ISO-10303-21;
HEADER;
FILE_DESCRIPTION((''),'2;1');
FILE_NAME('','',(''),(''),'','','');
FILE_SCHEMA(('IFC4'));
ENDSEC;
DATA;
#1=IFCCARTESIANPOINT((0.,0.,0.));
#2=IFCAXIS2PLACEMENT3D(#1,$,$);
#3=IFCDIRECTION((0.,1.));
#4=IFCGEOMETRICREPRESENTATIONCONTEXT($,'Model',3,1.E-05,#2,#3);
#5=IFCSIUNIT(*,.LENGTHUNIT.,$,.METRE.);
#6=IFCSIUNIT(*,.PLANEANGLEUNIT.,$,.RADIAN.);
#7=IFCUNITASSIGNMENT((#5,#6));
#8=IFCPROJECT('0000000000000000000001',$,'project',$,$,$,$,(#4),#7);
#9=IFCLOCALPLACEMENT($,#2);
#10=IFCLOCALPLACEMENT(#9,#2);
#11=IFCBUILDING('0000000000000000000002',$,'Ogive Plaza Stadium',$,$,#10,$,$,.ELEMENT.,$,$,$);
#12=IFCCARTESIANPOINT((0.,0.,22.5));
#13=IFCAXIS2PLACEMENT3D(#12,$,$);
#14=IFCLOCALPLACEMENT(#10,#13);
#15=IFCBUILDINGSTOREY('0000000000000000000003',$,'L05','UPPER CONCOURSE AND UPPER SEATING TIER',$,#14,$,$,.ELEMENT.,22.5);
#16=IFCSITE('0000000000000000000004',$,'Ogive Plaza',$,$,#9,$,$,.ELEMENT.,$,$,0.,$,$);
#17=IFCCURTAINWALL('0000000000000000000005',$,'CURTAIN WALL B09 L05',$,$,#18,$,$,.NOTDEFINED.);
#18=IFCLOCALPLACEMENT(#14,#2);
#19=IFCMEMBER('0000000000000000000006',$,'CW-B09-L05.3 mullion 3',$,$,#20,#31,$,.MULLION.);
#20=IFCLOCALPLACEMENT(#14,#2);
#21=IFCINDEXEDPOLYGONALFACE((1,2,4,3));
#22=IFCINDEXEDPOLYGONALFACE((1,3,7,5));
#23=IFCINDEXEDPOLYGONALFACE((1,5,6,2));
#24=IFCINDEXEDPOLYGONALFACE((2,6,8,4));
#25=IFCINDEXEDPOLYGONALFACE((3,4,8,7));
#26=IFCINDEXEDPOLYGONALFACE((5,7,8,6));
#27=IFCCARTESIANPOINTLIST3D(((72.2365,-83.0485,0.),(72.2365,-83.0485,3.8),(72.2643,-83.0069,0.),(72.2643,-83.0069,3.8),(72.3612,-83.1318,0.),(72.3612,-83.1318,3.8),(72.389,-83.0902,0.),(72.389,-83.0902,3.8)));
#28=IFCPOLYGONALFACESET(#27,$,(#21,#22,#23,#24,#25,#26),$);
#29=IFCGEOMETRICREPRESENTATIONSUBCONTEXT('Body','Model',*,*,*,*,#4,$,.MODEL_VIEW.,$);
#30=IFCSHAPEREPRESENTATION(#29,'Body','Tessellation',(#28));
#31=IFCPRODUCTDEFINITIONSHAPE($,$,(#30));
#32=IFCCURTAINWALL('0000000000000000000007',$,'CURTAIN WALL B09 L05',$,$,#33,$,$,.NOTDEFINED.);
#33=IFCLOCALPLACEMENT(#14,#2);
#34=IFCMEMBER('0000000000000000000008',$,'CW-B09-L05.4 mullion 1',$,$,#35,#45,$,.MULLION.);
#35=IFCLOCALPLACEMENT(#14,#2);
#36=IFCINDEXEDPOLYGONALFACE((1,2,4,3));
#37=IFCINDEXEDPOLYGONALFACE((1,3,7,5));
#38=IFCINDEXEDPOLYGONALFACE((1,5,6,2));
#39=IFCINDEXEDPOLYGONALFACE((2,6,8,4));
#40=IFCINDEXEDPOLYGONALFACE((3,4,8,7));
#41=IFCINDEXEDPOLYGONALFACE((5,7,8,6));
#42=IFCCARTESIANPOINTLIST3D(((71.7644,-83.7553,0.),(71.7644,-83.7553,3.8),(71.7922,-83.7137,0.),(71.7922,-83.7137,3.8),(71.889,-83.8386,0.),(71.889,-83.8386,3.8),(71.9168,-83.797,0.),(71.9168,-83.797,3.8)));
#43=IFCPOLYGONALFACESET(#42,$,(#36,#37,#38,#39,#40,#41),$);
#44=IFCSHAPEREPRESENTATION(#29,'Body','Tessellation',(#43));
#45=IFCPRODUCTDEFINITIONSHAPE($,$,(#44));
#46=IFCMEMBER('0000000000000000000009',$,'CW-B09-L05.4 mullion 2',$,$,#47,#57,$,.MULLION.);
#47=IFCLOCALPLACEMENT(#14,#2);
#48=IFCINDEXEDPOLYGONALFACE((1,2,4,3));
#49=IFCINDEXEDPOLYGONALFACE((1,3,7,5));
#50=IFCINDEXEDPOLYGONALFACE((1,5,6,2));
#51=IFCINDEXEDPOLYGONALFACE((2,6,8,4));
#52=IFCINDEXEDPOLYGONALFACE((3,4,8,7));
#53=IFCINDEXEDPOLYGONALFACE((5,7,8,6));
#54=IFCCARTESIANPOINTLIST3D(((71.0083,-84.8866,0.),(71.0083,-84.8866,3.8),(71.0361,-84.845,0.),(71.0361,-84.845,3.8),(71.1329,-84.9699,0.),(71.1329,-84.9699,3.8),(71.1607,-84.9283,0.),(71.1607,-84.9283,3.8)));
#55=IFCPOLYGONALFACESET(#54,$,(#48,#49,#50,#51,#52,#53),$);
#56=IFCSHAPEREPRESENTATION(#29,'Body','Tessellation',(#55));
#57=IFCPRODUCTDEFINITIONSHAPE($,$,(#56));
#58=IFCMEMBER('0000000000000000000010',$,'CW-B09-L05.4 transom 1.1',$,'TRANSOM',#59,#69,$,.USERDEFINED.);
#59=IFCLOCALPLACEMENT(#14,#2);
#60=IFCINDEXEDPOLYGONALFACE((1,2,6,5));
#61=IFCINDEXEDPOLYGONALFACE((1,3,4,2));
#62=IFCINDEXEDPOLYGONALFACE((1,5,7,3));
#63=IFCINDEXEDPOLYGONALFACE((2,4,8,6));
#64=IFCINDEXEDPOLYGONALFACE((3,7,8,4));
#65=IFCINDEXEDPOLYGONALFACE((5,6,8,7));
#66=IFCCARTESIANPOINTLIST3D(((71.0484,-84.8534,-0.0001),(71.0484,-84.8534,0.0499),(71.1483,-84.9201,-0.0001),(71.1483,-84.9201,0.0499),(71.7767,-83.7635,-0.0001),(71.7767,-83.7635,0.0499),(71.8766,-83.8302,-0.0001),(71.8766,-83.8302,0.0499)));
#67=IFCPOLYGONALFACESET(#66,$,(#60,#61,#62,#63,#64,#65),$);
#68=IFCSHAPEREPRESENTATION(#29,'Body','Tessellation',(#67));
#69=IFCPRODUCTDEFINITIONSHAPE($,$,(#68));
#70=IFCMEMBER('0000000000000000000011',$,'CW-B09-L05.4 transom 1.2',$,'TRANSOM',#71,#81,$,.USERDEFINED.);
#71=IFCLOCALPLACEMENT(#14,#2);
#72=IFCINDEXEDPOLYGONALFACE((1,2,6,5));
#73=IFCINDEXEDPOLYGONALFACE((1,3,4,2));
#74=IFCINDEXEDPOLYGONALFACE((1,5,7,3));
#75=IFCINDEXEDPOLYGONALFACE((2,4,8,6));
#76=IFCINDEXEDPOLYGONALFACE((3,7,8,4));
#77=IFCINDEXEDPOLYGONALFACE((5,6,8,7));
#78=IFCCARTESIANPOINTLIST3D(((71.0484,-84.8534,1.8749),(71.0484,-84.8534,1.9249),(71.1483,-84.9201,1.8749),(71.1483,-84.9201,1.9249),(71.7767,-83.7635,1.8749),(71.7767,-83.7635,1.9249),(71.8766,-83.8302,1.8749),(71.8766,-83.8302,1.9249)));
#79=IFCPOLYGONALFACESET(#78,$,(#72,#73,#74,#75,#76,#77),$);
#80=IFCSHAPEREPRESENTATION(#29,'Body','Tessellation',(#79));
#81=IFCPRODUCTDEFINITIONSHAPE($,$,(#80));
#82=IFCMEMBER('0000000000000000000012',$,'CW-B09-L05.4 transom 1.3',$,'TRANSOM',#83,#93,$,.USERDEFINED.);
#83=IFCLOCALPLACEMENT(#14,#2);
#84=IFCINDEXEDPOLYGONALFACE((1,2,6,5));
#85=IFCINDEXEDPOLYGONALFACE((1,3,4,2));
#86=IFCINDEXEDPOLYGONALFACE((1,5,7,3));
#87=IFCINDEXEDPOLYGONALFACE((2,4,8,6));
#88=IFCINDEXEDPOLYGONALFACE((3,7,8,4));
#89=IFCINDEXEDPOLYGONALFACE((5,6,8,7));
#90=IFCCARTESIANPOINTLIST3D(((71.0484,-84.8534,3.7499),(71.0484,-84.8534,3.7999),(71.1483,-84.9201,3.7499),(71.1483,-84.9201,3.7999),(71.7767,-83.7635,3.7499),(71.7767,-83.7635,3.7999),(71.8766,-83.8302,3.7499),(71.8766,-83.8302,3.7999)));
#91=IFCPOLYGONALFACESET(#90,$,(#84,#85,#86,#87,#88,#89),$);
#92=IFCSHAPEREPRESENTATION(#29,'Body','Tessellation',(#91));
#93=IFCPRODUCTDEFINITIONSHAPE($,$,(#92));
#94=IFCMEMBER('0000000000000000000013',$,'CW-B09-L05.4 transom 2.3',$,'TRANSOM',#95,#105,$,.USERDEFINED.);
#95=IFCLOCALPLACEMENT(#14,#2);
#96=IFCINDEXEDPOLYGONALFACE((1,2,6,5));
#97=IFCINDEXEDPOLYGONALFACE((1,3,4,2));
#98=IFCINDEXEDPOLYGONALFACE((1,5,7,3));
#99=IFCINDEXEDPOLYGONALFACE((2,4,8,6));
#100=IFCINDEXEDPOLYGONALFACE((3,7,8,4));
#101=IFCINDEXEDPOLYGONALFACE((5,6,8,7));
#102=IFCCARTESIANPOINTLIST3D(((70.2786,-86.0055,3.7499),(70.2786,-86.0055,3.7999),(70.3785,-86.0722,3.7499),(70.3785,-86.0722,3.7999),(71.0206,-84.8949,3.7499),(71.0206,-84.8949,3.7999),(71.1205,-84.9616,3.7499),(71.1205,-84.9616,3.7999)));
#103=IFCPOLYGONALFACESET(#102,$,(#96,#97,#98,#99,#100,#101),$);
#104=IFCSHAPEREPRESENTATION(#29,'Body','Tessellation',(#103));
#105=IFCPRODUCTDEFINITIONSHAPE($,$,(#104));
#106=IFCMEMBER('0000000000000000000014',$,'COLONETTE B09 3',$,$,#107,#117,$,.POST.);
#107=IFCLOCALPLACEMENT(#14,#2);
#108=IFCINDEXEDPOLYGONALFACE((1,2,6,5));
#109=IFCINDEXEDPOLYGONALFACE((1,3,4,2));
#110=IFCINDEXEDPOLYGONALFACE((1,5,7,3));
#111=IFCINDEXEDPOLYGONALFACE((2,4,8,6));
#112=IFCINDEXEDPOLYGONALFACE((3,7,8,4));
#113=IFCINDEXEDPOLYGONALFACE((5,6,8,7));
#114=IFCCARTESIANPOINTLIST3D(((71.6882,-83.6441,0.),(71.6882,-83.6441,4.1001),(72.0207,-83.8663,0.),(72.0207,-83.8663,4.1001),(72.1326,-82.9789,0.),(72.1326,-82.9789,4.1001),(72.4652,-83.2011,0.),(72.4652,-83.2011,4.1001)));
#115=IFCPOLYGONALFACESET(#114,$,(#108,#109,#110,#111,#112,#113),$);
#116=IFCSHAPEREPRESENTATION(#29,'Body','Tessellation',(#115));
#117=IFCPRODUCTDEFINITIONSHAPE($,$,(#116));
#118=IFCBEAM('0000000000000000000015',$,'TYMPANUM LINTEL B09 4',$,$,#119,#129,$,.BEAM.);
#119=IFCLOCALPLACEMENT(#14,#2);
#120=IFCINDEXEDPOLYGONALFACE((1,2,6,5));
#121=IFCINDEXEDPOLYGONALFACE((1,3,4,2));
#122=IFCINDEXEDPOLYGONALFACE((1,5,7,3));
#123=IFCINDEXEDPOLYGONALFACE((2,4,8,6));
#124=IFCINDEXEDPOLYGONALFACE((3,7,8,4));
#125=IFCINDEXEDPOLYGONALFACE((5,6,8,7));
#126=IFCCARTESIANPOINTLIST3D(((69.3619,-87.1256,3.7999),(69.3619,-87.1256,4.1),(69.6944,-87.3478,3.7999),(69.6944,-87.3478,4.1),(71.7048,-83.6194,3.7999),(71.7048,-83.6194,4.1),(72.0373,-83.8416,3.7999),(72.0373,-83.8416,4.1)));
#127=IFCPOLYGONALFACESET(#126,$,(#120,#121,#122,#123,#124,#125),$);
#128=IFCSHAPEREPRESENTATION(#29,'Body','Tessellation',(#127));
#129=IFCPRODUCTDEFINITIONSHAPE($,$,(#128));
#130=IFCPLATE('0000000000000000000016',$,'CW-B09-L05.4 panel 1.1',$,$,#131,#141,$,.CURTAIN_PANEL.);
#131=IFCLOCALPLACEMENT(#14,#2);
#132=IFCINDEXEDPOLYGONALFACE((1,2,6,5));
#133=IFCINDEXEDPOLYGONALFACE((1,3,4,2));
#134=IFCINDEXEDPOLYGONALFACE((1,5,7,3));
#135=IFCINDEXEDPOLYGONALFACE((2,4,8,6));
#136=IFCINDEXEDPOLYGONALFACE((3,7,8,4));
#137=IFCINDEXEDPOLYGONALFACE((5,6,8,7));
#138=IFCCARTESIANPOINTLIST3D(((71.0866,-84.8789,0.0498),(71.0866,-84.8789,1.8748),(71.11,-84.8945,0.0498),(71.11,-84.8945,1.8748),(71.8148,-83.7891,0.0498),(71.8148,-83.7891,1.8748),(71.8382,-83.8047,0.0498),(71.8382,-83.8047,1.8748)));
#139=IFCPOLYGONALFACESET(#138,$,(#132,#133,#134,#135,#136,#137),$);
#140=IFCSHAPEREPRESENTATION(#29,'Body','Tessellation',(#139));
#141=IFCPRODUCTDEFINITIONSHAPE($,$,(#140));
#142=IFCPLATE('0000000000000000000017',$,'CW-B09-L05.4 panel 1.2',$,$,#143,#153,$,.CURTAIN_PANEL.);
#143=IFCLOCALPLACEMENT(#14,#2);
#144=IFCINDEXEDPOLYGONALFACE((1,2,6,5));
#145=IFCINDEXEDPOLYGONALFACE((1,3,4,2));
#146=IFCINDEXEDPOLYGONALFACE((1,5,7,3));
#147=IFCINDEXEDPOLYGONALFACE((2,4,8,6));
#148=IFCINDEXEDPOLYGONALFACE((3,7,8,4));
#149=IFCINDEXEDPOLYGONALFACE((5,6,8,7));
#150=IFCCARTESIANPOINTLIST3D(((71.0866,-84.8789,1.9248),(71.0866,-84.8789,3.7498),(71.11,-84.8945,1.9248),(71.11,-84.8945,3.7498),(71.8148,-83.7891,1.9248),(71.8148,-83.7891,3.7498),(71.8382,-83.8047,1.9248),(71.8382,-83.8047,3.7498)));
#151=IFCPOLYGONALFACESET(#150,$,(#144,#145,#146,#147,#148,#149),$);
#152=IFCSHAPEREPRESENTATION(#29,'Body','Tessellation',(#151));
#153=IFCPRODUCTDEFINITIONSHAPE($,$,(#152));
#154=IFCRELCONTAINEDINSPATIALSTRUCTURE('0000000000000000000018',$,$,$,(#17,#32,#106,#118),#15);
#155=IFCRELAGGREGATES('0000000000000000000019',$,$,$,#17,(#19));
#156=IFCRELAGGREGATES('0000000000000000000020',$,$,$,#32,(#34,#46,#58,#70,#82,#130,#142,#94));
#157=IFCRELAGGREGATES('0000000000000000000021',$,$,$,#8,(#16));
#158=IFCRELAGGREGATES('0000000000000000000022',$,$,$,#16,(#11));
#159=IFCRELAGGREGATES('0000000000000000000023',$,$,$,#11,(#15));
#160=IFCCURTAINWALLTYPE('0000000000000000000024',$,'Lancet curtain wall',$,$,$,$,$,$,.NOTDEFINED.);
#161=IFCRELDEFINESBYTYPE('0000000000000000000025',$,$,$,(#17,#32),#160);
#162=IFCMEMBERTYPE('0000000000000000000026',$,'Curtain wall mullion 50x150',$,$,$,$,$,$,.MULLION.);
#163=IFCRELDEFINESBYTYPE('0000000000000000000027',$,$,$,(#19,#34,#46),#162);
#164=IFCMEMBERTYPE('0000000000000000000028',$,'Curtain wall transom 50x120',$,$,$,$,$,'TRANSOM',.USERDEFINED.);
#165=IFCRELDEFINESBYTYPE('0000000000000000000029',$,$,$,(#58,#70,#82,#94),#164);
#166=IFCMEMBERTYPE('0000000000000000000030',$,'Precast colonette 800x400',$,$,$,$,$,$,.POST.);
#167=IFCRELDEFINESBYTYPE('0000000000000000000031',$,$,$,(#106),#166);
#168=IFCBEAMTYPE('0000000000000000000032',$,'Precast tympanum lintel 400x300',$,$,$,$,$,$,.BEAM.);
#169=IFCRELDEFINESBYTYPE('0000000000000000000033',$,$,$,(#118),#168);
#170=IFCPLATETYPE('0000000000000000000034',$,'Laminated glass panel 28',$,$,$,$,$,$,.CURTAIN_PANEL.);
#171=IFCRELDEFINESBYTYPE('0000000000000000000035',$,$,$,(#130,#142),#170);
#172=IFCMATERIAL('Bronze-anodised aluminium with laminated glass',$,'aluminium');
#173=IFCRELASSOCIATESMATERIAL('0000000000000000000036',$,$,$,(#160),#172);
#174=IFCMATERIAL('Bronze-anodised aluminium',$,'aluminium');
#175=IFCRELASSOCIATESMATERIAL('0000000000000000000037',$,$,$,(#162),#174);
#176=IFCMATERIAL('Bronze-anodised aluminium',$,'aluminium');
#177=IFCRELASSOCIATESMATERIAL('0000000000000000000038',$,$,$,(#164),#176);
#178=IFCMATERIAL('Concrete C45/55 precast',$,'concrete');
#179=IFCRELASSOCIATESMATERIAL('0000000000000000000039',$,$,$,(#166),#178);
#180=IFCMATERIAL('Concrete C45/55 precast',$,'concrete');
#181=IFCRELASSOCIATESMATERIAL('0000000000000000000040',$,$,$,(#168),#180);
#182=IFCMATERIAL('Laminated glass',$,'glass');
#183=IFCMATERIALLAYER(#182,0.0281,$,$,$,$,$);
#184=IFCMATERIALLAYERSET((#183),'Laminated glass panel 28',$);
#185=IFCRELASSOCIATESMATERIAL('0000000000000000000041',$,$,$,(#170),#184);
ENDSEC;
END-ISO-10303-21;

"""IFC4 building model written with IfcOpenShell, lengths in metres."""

from ifc_helpers import new_model, si_unit, direction, frame, origin, origin_2d, place, context, subcontext, project, spatial, rectangle, extrude, material, layer, layer_set, material_profile, profile_set, type_object, element, aggregate, save


model = new_model("IFC4")

# Units and contexts
model_context = context("Model", 3, precision=1e-05, world=origin(), true_north=direction((0.0, 1.0)))
body_context = subcontext(model_context, "Body", "Model", "MODEL_VIEW")
ifc_project = project(units=[si_unit("LENGTHUNIT", "METRE"), si_unit("PLANEANGLEUNIT", "RADIAN")], contexts=[model_context])

# Site, building, storey
site_placement = place(None, origin())
site = spatial("IfcSite", under=ifc_project, at=site_placement, Name="Ogive Plaza", CompositionType="ELEMENT", RefElevation=0.0)
building_placement = place(site_placement, origin())
building = spatial("IfcBuilding", under=site, at=building_placement, Name="Ogive Plaza Stadium", CompositionType="ELEMENT")
storey_placement = place(building_placement, frame((0.0, 0.0, 22.5)))
storey = spatial("IfcBuildingStorey", under=building, at=storey_placement, Name="L05", Description="UPPER CONCOURSE AND UPPER SEATING TIER", CompositionType="ELEMENT", Elevation=22.5)

# Curtain wall, member
ifc_material_1 = material(Name="Bronze-anodised aluminium with laminated glass", Category="aluminium")
curtain_wall_type = type_object("IfcCurtainWallType", Name="Lancet curtain wall", PredefinedType="NOTDEFINED", material=ifc_material_1)
curtain_wall_1_placement = place(storey_placement, origin())
curtain_wall_1 = element("IfcCurtainWall", 1, at=curtain_wall_1_placement, inside=storey, type_object=curtain_wall_type, Name="CURTAIN WALL B09 L05", PredefinedType="NOTDEFINED")
ifc_material_2 = material(Name="Bronze-anodised aluminium", Category="aluminium")
ifc_material_profile_1 = material_profile(ifc_material_2, rectangle(XDim=0.1499, YDim=0.05, at=origin_2d()), Name="AL 150x50")
ifc_profile_set_1 = profile_set([ifc_material_profile_1], Name="Bronze-anodised aluminium")
member_type_1 = type_object("IfcMemberType", Name="Curtain wall mullion 50x150", PredefinedType="MULLION", material=ifc_profile_set_1)
member_1_placement = place(storey_placement, frame((72.3127, -83.0693, 0.0), z_axis=(0.0, 0.0, 1.0), x_axis=(0.83147, -0.55557, 0.0)))
member_1 = element("IfcMember", 2, at=member_1_placement, type_object=member_type_1, Name="CW-B09-L05.3 mullion 3", PredefinedType="MULLION", context=body_context, shape_type="SweptSolid", body=[
    extrude(rectangle(XDim=0.1499, YDim=0.05, at=origin_2d()), origin(), (0.0, 0.0, 1.0), 3.8),
])
aggregate(curtain_wall_1, [member_1])

# Curtain wall, members
curtain_wall_2_placement = place(storey_placement, origin())
curtain_wall_2 = element("IfcCurtainWall", 3, at=curtain_wall_2_placement, inside=storey, type_object=curtain_wall_type, Name="CURTAIN WALL B09 L05", PredefinedType="NOTDEFINED")
member_2_placement = place(storey_placement, frame((71.8406, -83.7761, 0.0), z_axis=(0.0, 0.0, 1.0), x_axis=(0.83147, -0.55557, 0.0)))
member_2 = element("IfcMember", 4, at=member_2_placement, type_object=member_type_1, Name="CW-B09-L05.4 mullion 1", PredefinedType="MULLION", context=body_context, shape_type="SweptSolid", body=[
    extrude(rectangle(XDim=0.1499, YDim=0.05, at=origin_2d()), origin(), (0.0, 0.0, 1.0), 3.8),
])
member_3_placement = place(storey_placement, frame((71.0845, -84.9075, 0.0), z_axis=(0.0, 0.0, 1.0), x_axis=(0.83147, -0.55557, 0.0)))
member_3 = element("IfcMember", 5, at=member_3_placement, type_object=member_type_1, Name="CW-B09-L05.4 mullion 2", PredefinedType="MULLION", context=body_context, shape_type="SweptSolid", body=[
    extrude(rectangle(XDim=0.1499, YDim=0.05, at=origin_2d()), origin(), (0.0, 0.0, 1.0), 3.8),
])
ifc_material_3 = material(Name="Bronze-anodised aluminium", Category="aluminium")
ifc_material_profile_2 = material_profile(ifc_material_3, rectangle(XDim=0.1201, YDim=0.05, at=origin_2d()), Name="AL 120x50")
ifc_profile_set_2 = profile_set([ifc_material_profile_2], Name="Bronze-anodised aluminium")
member_type_2 = type_object("IfcMemberType", Name="Curtain wall transom 50x120", ElementType="TRANSOM", PredefinedType="USERDEFINED", material=ifc_profile_set_2)
member_4_placement = place(storey_placement, frame((71.8267, -83.7969, 0.0249), z_axis=(-0.555602, -0.831448, 0.0), x_axis=(0.831448, -0.555602, 0.0)))
member_4 = element("IfcMember", 6, at=member_4_placement, type_object=member_type_2, Name="CW-B09-L05.4 transom 1.1", ObjectType="TRANSOM", PredefinedType="USERDEFINED", context=body_context, shape_type="SweptSolid", body=[
    extrude(rectangle(XDim=0.1201, YDim=0.05, at=origin_2d()), origin(), (0.0, 0.0, 1.0), 1.3108),
])
member_5_placement = place(storey_placement, frame((71.8267, -83.7969, 1.8999), z_axis=(-0.555602, -0.831448, 0.0), x_axis=(0.831448, -0.555602, 0.0)))
member_5 = element("IfcMember", 7, at=member_5_placement, type_object=member_type_2, Name="CW-B09-L05.4 transom 1.2", ObjectType="TRANSOM", PredefinedType="USERDEFINED", context=body_context, shape_type="SweptSolid", body=[
    extrude(rectangle(XDim=0.1201, YDim=0.05, at=origin_2d()), origin(), (0.0, 0.0, 1.0), 1.3108),
])
member_6_placement = place(storey_placement, frame((71.8267, -83.7969, 3.7749), z_axis=(-0.555602, -0.831448, 0.0), x_axis=(0.831448, -0.555602, 0.0)))
member_6 = element("IfcMember", 8, at=member_6_placement, type_object=member_type_2, Name="CW-B09-L05.4 transom 1.3", ObjectType="TRANSOM", PredefinedType="USERDEFINED", context=body_context, shape_type="SweptSolid", body=[
    extrude(rectangle(XDim=0.1201, YDim=0.05, at=origin_2d()), origin(), (0.0, 0.0, 1.0), 1.3108),
])
member_7_placement = place(storey_placement, frame((71.0706, -84.9282, 3.7749), z_axis=(-0.555501, -0.831516, 0.0), x_axis=(0.831516, -0.555501, 0.0)))
member_7 = element("IfcMember", 9, at=member_7_placement, type_object=member_type_2, Name="CW-B09-L05.4 transom 2.3", ObjectType="TRANSOM", PredefinedType="USERDEFINED", context=body_context, shape_type="SweptSolid", body=[
    extrude(rectangle(XDim=0.1201, YDim=0.05, at=origin_2d()), origin(), (0.0, 0.0, 1.0), 1.3357),
])

# Member
ifc_material_4 = material(Name="Concrete C45/55 precast", Category="concrete")
ifc_material_profile_3 = material_profile(ifc_material_4, rectangle(XDim=0.3999, YDim=0.8, at=origin_2d()), Name="RC 400x800")
ifc_profile_set_3 = profile_set([ifc_material_profile_3], Name="Concrete C45/55 precast")
member_type_3 = type_object("IfcMemberType", Name="Precast colonette 800x400", PredefinedType="POST", material=ifc_profile_set_3)
member_8_placement = place(storey_placement, frame((72.0767, -83.4226, 0.0), z_axis=(0.0, 0.0, 1.0), x_axis=(0.83147, -0.55557, 0.0)))
element("IfcMember", 10, at=member_8_placement, inside=storey, type_object=member_type_3, Name="COLONETTE B09 3", PredefinedType="POST", context=body_context, shape_type="SweptSolid", body=[
    extrude(rectangle(XDim=0.3999, YDim=0.8, at=origin_2d()), origin(), (0.0, 0.0, 1.0), 4.1001),
])

# Beam
ifc_material_5 = material(Name="Concrete C45/55 precast", Category="concrete")
ifc_material_profile_4 = material_profile(ifc_material_5, rectangle(XDim=0.3999, YDim=0.3, at=origin_2d()), Name="RC 400x300")
ifc_profile_set_4 = profile_set([ifc_material_profile_4], Name="Concrete C45/55 precast")
beam_type = type_object("IfcBeamType", Name="Precast tympanum lintel 400x300", PredefinedType="BEAM", material=ifc_profile_set_4)
beam_placement = place(storey_placement, frame((71.8711, -83.7305, 3.95), z_axis=(-0.555595, -0.831453, 0.0), x_axis=(0.831453, -0.555595, 0.0)))
element("IfcBeam", 11, at=beam_placement, inside=storey, type_object=beam_type, Name="TYMPANUM LINTEL B09 4", PredefinedType="BEAM", context=body_context, shape_type="SweptSolid", body=[
    extrude(rectangle(XDim=0.3999, YDim=0.3, at=origin_2d()), origin(), (0.0, 0.0, 1.0), 4.217),
])

# Plates
ifc_material_6 = material(Name="Laminated glass", Category="glass")
ifc_layer_1 = layer(ifc_material_6, 0.0281)
ifc_layer_set_1 = layer_set([ifc_layer_1], Name="Laminated glass panel 28")
plate_type = type_object("IfcPlateType", Name="Laminated glass panel 28", PredefinedType="CURTAIN_PANEL", material=ifc_layer_set_1)
plate_1_placement = place(storey_placement, frame((71.4624, -84.3418, 0.0498), z_axis=(0.0, 0.0, 1.0), x_axis=(-0.55557, -0.83147, 0.0)))
plate_1 = element("IfcPlate", 12, at=plate_1_placement, type_object=plate_type, Name="CW-B09-L05.4 panel 1.1", PredefinedType="CURTAIN_PANEL", context=body_context, shape_type="SweptSolid", body=[
    extrude(rectangle(XDim=1.3108, YDim=0.0281, at=origin_2d()), origin(), (0.0, 0.0, 1.0), 1.825),
])
plate_2_placement = place(storey_placement, frame((71.4624, -84.3418, 1.9248), z_axis=(0.0, 0.0, 1.0), x_axis=(-0.55557, -0.83147, 0.0)))
plate_2 = element("IfcPlate", 13, at=plate_2_placement, type_object=plate_type, Name="CW-B09-L05.4 panel 1.2", PredefinedType="CURTAIN_PANEL", context=body_context, shape_type="SweptSolid", body=[
    extrude(rectangle(XDim=1.3108, YDim=0.0281, at=origin_2d()), origin(), (0.0, 0.0, 1.0), 1.825),
])
aggregate(curtain_wall_2, [member_2, member_3, member_4, member_5, member_6, plate_1, plate_2, member_7])

save(model, "model.ifc")
